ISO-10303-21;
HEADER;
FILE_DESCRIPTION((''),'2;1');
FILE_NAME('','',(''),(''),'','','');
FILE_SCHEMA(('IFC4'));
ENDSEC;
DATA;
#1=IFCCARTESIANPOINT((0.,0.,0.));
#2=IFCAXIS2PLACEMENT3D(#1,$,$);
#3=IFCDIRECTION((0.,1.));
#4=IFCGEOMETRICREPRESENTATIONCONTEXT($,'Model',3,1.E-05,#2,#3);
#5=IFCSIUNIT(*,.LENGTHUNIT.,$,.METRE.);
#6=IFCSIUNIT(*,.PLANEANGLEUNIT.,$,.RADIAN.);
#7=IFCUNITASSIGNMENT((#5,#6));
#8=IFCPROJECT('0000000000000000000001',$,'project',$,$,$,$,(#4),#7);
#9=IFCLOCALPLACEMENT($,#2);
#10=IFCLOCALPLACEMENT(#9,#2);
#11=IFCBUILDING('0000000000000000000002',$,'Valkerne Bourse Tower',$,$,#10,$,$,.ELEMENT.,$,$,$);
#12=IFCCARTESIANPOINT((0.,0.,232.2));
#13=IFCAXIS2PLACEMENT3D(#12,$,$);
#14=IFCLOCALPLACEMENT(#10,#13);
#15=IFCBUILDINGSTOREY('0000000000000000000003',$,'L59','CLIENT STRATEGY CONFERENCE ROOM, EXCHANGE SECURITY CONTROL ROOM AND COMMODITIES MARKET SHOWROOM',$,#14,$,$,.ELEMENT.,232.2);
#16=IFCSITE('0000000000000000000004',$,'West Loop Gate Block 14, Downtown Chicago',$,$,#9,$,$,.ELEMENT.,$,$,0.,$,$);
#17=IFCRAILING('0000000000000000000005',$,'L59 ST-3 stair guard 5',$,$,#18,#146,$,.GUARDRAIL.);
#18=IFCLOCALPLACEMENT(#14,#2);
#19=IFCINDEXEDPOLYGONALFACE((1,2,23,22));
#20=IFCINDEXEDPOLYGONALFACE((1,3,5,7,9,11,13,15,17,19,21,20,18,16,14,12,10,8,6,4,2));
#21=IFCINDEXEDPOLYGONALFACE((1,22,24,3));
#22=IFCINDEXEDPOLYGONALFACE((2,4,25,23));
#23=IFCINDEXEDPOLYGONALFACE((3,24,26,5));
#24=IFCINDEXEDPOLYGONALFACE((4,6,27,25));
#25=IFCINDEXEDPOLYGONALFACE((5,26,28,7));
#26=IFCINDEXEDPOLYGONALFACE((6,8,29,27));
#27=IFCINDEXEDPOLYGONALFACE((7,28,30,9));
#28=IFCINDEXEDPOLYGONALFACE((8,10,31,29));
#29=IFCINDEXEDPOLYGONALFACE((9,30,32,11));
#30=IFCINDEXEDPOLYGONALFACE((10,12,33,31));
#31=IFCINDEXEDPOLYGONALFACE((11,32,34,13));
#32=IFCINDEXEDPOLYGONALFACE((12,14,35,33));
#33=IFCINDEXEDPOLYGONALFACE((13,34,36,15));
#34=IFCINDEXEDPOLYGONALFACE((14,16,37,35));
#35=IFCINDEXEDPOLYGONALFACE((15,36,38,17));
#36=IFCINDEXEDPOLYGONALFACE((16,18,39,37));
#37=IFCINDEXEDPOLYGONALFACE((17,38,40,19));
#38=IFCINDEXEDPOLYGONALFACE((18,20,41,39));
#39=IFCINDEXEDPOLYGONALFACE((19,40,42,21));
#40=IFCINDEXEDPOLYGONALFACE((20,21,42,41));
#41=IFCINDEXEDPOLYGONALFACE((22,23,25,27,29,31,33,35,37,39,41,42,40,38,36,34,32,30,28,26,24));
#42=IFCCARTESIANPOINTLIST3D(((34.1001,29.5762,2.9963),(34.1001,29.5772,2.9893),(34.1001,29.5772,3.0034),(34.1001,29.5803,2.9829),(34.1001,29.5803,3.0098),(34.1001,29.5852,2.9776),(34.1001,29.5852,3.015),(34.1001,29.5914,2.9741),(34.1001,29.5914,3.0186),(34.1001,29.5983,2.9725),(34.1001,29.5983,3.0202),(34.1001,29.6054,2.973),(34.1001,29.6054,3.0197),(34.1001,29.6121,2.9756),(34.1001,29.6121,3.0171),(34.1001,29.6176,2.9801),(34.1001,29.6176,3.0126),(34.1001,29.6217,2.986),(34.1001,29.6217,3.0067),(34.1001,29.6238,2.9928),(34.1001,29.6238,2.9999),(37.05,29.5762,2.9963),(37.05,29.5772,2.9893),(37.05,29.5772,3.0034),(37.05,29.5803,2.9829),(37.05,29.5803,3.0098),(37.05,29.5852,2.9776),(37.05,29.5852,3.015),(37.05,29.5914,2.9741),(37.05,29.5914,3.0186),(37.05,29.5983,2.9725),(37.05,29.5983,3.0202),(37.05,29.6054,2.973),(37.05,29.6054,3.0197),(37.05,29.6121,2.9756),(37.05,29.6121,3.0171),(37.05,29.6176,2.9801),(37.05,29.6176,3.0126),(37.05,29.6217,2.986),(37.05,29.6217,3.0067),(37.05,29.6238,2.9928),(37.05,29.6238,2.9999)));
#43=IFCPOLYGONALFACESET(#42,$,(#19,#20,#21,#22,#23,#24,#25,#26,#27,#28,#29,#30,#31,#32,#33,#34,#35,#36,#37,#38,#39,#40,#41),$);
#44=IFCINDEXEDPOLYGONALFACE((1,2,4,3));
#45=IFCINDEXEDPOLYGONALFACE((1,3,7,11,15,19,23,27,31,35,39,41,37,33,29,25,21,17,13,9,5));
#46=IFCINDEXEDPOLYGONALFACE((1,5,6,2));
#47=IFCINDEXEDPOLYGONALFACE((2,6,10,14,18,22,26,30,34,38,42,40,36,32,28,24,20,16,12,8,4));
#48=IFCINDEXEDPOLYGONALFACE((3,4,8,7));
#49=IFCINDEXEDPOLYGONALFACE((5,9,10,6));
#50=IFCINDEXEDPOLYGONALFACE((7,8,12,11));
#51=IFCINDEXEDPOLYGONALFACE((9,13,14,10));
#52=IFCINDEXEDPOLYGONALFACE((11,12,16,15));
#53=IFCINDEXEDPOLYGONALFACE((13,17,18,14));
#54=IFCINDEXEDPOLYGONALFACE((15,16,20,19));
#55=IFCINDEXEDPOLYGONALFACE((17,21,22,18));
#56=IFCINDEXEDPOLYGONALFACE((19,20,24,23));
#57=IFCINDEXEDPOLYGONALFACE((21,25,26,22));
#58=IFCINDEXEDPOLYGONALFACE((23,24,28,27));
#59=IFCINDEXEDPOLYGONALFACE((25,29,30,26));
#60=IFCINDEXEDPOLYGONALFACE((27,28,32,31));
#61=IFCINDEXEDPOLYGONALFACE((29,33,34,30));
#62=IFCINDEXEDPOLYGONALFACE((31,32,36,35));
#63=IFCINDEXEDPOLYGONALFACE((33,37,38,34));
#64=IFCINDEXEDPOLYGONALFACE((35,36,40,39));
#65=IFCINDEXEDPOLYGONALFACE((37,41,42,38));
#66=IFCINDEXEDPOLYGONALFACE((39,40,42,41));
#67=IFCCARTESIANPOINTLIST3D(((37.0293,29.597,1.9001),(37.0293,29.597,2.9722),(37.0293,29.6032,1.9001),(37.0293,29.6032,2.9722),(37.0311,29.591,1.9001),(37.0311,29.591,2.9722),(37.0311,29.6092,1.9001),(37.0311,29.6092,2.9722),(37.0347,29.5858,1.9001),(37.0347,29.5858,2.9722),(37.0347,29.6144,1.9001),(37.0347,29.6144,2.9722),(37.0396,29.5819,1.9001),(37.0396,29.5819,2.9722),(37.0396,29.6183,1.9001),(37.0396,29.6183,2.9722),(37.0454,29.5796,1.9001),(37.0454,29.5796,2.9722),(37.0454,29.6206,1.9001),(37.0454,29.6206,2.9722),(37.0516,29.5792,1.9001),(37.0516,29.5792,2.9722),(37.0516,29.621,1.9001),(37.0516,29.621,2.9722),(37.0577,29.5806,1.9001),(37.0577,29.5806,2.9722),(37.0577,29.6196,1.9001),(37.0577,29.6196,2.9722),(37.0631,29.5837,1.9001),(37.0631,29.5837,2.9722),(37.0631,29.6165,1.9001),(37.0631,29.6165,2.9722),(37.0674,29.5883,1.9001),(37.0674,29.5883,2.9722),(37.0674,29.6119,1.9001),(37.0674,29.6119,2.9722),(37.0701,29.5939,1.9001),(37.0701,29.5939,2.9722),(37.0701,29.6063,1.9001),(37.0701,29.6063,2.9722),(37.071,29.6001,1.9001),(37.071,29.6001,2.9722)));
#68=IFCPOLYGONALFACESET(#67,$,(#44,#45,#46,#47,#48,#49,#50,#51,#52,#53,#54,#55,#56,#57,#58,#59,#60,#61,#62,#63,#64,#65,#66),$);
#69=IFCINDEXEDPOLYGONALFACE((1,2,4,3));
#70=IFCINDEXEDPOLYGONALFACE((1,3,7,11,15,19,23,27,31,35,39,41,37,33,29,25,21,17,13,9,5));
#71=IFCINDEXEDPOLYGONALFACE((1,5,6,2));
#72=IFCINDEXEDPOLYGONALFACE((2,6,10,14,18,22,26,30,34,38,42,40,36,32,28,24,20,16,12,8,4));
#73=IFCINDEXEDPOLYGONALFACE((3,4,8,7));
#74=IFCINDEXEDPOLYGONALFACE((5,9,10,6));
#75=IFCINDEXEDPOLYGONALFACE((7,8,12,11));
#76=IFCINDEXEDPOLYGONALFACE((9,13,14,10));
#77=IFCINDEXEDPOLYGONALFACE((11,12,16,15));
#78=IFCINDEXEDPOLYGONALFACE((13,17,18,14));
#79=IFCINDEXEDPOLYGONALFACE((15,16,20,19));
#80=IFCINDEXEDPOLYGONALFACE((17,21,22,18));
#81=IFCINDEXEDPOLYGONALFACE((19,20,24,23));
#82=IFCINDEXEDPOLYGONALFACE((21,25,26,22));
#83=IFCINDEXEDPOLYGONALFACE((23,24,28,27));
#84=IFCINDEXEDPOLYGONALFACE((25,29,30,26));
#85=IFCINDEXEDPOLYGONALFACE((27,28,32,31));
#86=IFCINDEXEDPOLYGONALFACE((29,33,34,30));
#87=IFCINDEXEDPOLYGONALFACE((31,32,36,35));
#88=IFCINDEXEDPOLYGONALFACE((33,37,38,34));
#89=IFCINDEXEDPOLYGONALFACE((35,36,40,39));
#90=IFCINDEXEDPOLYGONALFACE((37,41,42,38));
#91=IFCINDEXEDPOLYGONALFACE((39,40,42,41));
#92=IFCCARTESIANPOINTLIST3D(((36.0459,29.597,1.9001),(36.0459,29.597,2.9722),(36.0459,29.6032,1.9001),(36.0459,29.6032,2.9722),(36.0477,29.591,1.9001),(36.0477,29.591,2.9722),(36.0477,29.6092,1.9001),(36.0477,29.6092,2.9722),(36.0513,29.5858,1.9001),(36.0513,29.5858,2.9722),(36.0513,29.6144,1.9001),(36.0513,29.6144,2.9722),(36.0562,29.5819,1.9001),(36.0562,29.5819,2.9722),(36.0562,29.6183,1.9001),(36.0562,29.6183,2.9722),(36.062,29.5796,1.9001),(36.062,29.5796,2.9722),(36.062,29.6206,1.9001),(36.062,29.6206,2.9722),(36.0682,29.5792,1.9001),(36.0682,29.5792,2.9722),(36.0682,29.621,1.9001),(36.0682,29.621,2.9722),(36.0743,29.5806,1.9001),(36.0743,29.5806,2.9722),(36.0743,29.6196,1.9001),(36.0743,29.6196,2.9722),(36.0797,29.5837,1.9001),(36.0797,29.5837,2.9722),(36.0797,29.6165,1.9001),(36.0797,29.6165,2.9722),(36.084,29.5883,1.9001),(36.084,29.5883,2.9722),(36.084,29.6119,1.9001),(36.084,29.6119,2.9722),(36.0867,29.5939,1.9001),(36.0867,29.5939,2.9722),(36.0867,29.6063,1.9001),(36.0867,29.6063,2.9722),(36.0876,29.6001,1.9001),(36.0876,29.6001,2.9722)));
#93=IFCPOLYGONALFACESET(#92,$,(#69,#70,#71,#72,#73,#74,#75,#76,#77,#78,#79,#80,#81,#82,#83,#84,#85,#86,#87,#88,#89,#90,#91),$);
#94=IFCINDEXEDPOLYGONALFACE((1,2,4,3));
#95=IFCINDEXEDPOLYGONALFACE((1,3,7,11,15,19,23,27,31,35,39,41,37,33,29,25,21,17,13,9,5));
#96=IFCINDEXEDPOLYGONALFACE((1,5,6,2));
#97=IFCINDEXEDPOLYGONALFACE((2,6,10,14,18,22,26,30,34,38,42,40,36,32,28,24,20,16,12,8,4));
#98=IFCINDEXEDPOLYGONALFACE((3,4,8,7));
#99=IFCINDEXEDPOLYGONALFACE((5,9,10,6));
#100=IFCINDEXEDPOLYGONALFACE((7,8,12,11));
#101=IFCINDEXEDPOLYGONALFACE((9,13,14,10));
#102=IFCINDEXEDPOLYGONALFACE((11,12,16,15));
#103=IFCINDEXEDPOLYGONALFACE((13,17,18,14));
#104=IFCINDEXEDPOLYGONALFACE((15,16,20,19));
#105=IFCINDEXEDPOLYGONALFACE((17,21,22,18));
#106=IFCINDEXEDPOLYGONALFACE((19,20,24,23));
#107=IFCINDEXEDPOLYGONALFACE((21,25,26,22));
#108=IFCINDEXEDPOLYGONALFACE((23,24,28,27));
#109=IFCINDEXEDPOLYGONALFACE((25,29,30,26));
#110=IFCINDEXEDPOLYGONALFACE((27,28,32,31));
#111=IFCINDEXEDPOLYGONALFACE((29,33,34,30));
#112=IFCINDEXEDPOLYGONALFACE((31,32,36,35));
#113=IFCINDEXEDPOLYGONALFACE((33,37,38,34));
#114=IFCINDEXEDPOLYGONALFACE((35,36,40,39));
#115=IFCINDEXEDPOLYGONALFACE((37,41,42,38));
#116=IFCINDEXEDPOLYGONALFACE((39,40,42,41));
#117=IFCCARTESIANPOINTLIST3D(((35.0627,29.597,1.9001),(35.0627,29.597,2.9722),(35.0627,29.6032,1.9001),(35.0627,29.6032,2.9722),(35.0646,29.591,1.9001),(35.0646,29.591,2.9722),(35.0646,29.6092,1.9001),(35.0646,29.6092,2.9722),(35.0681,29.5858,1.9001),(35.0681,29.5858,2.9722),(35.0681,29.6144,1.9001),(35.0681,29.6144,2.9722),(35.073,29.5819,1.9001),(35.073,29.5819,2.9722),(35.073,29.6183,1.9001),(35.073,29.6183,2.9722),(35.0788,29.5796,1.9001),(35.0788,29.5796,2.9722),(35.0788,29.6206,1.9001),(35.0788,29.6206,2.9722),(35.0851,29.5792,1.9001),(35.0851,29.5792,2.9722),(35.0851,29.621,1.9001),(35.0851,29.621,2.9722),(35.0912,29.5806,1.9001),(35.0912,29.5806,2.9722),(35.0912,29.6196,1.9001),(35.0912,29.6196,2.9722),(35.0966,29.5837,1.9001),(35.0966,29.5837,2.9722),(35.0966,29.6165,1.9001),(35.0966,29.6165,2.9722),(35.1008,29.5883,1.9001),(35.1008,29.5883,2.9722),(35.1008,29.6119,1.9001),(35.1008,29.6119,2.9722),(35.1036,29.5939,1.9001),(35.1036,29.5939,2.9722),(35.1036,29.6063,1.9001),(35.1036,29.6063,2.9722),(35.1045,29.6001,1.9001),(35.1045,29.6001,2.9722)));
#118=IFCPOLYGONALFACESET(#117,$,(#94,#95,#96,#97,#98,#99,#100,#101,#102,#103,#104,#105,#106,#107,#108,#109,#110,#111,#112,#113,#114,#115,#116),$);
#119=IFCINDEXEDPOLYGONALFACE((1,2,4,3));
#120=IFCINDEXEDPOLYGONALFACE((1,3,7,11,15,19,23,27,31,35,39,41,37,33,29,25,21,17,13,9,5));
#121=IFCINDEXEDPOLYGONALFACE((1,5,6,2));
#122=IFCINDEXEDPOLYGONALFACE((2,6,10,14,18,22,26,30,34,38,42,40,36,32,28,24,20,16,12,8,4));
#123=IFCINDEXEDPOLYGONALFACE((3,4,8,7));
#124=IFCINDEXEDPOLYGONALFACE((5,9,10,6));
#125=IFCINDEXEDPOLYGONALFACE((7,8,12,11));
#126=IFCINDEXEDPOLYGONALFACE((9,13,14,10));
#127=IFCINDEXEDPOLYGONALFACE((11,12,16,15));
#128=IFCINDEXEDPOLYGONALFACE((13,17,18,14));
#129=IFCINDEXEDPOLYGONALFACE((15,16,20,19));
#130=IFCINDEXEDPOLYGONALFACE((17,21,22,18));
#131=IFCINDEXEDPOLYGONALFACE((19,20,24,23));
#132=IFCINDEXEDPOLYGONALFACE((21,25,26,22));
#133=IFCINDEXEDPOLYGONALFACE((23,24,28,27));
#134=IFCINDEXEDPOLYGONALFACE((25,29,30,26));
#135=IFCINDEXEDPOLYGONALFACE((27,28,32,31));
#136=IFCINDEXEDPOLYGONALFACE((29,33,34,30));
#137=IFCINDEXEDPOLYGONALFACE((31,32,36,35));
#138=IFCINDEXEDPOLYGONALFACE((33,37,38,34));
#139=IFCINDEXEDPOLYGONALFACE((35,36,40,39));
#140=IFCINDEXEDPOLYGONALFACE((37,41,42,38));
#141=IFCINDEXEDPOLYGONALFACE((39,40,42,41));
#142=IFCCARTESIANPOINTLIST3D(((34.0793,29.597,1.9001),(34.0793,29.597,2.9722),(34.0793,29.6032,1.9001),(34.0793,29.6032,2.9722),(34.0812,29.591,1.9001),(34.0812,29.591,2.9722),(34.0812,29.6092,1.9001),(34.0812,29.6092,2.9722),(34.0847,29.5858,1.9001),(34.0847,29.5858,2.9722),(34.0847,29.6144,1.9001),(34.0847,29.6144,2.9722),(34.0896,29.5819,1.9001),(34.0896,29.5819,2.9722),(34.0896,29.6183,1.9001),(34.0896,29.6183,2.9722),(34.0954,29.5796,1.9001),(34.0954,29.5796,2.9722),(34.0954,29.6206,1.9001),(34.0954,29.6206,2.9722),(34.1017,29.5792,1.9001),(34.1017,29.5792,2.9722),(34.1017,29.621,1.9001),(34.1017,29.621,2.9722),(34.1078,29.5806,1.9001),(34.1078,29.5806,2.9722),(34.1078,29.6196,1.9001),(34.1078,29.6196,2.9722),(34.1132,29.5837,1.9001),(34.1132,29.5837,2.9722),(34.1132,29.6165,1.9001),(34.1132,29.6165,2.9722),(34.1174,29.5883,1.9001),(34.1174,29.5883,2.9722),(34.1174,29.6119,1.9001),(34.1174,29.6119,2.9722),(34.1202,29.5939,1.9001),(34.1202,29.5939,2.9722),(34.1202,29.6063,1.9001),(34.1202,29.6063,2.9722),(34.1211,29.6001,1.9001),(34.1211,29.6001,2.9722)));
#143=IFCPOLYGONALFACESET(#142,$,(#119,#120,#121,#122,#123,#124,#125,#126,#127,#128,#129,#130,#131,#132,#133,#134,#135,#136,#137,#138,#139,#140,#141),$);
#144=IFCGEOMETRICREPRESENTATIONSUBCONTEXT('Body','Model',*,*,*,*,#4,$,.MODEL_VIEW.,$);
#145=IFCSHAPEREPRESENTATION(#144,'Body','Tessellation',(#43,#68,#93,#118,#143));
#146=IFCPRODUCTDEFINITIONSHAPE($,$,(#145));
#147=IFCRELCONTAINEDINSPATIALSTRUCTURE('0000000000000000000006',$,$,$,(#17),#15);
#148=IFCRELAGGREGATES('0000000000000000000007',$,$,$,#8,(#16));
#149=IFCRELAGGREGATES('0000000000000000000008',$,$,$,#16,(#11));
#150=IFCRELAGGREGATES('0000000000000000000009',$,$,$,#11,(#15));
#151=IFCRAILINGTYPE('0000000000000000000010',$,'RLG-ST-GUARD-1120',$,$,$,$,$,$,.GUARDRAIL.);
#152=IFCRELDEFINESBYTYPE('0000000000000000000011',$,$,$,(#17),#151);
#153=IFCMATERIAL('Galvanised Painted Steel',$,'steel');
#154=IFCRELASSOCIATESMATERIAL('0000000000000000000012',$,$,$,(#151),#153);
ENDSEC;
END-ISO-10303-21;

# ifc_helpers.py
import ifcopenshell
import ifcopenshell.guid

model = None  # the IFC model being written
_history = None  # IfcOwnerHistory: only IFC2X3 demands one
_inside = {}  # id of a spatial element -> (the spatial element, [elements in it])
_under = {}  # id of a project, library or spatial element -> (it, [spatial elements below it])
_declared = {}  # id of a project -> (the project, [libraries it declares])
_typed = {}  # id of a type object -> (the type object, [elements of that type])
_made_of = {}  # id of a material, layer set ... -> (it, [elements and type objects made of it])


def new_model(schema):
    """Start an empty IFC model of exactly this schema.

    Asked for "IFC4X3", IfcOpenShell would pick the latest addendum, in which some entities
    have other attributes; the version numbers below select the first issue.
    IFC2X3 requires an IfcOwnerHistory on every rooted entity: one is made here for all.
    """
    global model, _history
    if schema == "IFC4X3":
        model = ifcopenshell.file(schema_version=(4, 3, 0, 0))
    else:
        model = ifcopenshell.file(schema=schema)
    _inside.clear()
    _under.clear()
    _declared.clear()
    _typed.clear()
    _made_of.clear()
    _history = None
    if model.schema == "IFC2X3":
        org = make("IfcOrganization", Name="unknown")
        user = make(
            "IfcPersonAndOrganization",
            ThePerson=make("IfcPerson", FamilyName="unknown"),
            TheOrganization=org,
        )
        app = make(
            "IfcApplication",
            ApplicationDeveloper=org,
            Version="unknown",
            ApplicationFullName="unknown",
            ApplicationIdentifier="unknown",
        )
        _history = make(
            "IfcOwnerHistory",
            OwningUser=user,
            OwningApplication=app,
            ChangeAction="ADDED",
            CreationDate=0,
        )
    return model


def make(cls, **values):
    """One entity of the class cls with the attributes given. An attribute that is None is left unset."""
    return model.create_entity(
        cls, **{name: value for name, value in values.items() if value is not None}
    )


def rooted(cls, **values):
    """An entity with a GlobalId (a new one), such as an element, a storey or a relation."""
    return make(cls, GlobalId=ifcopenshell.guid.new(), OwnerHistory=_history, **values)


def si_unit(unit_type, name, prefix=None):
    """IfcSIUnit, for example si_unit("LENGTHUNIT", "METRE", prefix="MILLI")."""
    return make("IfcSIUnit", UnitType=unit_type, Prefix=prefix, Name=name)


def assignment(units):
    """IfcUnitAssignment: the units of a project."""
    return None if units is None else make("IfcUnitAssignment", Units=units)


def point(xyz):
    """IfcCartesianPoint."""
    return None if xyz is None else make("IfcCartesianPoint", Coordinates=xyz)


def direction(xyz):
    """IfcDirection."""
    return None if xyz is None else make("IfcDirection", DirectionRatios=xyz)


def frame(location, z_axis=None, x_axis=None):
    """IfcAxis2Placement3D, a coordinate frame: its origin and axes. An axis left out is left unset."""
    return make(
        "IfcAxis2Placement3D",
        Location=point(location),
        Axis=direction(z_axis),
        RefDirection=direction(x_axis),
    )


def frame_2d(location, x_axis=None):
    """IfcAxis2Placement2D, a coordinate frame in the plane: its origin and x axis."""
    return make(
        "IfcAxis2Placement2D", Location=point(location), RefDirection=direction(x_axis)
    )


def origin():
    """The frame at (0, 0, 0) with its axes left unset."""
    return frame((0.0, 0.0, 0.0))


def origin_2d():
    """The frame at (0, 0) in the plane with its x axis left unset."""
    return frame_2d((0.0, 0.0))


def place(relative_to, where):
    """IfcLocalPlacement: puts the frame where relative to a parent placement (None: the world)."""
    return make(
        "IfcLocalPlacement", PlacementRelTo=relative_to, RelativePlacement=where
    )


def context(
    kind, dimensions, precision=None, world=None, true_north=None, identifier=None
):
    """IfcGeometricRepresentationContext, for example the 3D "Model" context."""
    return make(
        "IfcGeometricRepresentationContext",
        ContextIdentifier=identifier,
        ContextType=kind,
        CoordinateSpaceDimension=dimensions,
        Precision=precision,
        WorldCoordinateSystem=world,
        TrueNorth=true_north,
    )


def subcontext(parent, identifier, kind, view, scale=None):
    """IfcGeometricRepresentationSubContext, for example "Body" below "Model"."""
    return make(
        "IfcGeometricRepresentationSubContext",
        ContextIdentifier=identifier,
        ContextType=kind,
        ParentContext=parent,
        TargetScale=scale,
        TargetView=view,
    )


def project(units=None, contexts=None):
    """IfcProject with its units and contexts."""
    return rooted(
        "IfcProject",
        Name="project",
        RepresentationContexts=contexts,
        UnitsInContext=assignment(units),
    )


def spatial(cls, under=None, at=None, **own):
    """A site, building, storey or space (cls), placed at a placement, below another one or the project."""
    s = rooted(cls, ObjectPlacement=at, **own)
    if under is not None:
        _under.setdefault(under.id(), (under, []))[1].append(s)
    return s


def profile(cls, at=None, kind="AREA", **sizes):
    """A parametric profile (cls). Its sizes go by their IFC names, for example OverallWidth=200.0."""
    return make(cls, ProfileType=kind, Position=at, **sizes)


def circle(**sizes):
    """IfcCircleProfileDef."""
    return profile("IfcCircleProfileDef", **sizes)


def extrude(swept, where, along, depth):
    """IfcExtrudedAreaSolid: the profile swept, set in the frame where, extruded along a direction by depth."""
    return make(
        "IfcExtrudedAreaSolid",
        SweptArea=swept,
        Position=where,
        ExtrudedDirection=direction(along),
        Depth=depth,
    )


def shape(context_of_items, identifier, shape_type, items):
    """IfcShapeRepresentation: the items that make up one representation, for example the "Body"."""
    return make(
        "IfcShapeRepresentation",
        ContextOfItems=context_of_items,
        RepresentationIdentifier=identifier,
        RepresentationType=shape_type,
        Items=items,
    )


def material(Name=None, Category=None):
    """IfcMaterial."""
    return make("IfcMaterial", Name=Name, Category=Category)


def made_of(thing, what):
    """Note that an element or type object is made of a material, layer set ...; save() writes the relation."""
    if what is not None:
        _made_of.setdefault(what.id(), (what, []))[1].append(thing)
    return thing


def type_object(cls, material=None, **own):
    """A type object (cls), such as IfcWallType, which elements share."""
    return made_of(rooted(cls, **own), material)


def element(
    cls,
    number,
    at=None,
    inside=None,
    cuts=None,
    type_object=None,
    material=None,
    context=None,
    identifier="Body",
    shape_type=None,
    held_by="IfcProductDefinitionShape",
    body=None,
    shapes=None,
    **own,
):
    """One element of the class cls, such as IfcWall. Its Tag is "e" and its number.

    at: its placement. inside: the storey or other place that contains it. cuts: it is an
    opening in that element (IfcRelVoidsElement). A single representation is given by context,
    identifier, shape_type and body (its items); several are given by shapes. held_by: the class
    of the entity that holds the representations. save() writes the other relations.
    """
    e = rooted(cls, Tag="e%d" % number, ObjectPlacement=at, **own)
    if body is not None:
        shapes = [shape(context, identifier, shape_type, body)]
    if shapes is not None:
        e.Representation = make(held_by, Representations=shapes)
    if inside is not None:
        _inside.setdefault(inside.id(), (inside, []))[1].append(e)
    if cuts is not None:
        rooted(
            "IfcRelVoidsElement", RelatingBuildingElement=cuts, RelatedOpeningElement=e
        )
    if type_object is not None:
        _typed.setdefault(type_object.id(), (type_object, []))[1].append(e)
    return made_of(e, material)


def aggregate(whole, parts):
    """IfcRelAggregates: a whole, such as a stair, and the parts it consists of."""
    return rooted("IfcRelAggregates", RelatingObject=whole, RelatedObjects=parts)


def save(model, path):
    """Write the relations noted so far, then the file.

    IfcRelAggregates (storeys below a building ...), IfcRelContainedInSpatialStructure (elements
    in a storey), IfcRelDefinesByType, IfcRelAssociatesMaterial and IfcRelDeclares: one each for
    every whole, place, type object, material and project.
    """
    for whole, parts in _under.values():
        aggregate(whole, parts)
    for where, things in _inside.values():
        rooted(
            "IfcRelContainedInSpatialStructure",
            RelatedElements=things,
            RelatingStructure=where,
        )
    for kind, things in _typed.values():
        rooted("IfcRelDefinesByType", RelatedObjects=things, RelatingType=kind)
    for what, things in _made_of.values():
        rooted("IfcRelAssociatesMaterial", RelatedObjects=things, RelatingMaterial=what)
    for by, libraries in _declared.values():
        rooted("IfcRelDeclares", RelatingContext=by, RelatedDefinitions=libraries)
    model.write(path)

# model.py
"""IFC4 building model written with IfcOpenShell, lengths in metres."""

from ifc_helpers import new_model, si_unit, direction, frame, origin, origin_2d, place, context, subcontext, project, spatial, circle, extrude, material, type_object, element, save


model = new_model("IFC4")

# Units and contexts
model_context = context("Model", 3, precision=1e-05, world=origin(), true_north=direction((0.0, 1.0)))
body_context = subcontext(model_context, "Body", "Model", "MODEL_VIEW")
ifc_project = project(units=[si_unit("LENGTHUNIT", "METRE"), si_unit("PLANEANGLEUNIT", "RADIAN")], contexts=[model_context])

# Site, building, storey
site_placement = place(None, origin())
site = spatial("IfcSite", under=ifc_project, at=site_placement, Name="West Loop Gate Block 14, Downtown Chicago", CompositionType="ELEMENT", RefElevation=0.0)
building_placement = place(site_placement, origin())
building = spatial("IfcBuilding", under=site, at=building_placement, Name="Valkerne Bourse Tower", CompositionType="ELEMENT")
storey_placement = place(building_placement, frame((0.0, 0.0, 232.2)))
storey = spatial("IfcBuildingStorey", under=building, at=storey_placement, Name="L59", Description="CLIENT STRATEGY CONFERENCE ROOM, EXCHANGE SECURITY CONTROL ROOM AND COMMODITIES MARKET SHOWROOM", CompositionType="ELEMENT", Elevation=232.2)

# Railing
ifc_material_1 = material(Name="Galvanised Painted Steel", Category="steel")
railing_type = type_object("IfcRailingType", Name="RLG-ST-GUARD-1120", PredefinedType="GUARDRAIL", material=ifc_material_1)
railing_1_placement = place(storey_placement, frame((37.05, 29.6001, 1.9001)))
element("IfcRailing", 1, at=railing_1_placement, inside=storey, type_object=railing_type, Name="L59 ST-3 stair guard 5", PredefinedType="GUARDRAIL", context=body_context, shape_type="SweptSolid", body=[
    extrude(circle(Radius=0.0239, at=origin_2d()), frame((0.0, 0.0, 1.0962), z_axis=(-1.0, 0.0, 0.0), x_axis=(0.0, -1.0, 0.0)), (0.0, 0.0, 1.0), 2.95),
    extrude(circle(Radius=0.021, at=origin_2d()), origin(), (0.0, 0.0, 1.0), 1.072),
    extrude(circle(Radius=0.021, at=origin_2d()), frame((-0.9834, 0.0, 0.0)), (0.0, 0.0, 1.0), 1.072),
    extrude(circle(Radius=0.021, at=origin_2d()), frame((-1.9666, 0.0, 0.0)), (0.0, 0.0, 1.0), 1.072),
    extrude(circle(Radius=0.021, at=origin_2d()), frame((-2.95, 0.0, 0.0)), (0.0, 0.0, 1.0), 1.072),
])

save(model, "model.ifc")
